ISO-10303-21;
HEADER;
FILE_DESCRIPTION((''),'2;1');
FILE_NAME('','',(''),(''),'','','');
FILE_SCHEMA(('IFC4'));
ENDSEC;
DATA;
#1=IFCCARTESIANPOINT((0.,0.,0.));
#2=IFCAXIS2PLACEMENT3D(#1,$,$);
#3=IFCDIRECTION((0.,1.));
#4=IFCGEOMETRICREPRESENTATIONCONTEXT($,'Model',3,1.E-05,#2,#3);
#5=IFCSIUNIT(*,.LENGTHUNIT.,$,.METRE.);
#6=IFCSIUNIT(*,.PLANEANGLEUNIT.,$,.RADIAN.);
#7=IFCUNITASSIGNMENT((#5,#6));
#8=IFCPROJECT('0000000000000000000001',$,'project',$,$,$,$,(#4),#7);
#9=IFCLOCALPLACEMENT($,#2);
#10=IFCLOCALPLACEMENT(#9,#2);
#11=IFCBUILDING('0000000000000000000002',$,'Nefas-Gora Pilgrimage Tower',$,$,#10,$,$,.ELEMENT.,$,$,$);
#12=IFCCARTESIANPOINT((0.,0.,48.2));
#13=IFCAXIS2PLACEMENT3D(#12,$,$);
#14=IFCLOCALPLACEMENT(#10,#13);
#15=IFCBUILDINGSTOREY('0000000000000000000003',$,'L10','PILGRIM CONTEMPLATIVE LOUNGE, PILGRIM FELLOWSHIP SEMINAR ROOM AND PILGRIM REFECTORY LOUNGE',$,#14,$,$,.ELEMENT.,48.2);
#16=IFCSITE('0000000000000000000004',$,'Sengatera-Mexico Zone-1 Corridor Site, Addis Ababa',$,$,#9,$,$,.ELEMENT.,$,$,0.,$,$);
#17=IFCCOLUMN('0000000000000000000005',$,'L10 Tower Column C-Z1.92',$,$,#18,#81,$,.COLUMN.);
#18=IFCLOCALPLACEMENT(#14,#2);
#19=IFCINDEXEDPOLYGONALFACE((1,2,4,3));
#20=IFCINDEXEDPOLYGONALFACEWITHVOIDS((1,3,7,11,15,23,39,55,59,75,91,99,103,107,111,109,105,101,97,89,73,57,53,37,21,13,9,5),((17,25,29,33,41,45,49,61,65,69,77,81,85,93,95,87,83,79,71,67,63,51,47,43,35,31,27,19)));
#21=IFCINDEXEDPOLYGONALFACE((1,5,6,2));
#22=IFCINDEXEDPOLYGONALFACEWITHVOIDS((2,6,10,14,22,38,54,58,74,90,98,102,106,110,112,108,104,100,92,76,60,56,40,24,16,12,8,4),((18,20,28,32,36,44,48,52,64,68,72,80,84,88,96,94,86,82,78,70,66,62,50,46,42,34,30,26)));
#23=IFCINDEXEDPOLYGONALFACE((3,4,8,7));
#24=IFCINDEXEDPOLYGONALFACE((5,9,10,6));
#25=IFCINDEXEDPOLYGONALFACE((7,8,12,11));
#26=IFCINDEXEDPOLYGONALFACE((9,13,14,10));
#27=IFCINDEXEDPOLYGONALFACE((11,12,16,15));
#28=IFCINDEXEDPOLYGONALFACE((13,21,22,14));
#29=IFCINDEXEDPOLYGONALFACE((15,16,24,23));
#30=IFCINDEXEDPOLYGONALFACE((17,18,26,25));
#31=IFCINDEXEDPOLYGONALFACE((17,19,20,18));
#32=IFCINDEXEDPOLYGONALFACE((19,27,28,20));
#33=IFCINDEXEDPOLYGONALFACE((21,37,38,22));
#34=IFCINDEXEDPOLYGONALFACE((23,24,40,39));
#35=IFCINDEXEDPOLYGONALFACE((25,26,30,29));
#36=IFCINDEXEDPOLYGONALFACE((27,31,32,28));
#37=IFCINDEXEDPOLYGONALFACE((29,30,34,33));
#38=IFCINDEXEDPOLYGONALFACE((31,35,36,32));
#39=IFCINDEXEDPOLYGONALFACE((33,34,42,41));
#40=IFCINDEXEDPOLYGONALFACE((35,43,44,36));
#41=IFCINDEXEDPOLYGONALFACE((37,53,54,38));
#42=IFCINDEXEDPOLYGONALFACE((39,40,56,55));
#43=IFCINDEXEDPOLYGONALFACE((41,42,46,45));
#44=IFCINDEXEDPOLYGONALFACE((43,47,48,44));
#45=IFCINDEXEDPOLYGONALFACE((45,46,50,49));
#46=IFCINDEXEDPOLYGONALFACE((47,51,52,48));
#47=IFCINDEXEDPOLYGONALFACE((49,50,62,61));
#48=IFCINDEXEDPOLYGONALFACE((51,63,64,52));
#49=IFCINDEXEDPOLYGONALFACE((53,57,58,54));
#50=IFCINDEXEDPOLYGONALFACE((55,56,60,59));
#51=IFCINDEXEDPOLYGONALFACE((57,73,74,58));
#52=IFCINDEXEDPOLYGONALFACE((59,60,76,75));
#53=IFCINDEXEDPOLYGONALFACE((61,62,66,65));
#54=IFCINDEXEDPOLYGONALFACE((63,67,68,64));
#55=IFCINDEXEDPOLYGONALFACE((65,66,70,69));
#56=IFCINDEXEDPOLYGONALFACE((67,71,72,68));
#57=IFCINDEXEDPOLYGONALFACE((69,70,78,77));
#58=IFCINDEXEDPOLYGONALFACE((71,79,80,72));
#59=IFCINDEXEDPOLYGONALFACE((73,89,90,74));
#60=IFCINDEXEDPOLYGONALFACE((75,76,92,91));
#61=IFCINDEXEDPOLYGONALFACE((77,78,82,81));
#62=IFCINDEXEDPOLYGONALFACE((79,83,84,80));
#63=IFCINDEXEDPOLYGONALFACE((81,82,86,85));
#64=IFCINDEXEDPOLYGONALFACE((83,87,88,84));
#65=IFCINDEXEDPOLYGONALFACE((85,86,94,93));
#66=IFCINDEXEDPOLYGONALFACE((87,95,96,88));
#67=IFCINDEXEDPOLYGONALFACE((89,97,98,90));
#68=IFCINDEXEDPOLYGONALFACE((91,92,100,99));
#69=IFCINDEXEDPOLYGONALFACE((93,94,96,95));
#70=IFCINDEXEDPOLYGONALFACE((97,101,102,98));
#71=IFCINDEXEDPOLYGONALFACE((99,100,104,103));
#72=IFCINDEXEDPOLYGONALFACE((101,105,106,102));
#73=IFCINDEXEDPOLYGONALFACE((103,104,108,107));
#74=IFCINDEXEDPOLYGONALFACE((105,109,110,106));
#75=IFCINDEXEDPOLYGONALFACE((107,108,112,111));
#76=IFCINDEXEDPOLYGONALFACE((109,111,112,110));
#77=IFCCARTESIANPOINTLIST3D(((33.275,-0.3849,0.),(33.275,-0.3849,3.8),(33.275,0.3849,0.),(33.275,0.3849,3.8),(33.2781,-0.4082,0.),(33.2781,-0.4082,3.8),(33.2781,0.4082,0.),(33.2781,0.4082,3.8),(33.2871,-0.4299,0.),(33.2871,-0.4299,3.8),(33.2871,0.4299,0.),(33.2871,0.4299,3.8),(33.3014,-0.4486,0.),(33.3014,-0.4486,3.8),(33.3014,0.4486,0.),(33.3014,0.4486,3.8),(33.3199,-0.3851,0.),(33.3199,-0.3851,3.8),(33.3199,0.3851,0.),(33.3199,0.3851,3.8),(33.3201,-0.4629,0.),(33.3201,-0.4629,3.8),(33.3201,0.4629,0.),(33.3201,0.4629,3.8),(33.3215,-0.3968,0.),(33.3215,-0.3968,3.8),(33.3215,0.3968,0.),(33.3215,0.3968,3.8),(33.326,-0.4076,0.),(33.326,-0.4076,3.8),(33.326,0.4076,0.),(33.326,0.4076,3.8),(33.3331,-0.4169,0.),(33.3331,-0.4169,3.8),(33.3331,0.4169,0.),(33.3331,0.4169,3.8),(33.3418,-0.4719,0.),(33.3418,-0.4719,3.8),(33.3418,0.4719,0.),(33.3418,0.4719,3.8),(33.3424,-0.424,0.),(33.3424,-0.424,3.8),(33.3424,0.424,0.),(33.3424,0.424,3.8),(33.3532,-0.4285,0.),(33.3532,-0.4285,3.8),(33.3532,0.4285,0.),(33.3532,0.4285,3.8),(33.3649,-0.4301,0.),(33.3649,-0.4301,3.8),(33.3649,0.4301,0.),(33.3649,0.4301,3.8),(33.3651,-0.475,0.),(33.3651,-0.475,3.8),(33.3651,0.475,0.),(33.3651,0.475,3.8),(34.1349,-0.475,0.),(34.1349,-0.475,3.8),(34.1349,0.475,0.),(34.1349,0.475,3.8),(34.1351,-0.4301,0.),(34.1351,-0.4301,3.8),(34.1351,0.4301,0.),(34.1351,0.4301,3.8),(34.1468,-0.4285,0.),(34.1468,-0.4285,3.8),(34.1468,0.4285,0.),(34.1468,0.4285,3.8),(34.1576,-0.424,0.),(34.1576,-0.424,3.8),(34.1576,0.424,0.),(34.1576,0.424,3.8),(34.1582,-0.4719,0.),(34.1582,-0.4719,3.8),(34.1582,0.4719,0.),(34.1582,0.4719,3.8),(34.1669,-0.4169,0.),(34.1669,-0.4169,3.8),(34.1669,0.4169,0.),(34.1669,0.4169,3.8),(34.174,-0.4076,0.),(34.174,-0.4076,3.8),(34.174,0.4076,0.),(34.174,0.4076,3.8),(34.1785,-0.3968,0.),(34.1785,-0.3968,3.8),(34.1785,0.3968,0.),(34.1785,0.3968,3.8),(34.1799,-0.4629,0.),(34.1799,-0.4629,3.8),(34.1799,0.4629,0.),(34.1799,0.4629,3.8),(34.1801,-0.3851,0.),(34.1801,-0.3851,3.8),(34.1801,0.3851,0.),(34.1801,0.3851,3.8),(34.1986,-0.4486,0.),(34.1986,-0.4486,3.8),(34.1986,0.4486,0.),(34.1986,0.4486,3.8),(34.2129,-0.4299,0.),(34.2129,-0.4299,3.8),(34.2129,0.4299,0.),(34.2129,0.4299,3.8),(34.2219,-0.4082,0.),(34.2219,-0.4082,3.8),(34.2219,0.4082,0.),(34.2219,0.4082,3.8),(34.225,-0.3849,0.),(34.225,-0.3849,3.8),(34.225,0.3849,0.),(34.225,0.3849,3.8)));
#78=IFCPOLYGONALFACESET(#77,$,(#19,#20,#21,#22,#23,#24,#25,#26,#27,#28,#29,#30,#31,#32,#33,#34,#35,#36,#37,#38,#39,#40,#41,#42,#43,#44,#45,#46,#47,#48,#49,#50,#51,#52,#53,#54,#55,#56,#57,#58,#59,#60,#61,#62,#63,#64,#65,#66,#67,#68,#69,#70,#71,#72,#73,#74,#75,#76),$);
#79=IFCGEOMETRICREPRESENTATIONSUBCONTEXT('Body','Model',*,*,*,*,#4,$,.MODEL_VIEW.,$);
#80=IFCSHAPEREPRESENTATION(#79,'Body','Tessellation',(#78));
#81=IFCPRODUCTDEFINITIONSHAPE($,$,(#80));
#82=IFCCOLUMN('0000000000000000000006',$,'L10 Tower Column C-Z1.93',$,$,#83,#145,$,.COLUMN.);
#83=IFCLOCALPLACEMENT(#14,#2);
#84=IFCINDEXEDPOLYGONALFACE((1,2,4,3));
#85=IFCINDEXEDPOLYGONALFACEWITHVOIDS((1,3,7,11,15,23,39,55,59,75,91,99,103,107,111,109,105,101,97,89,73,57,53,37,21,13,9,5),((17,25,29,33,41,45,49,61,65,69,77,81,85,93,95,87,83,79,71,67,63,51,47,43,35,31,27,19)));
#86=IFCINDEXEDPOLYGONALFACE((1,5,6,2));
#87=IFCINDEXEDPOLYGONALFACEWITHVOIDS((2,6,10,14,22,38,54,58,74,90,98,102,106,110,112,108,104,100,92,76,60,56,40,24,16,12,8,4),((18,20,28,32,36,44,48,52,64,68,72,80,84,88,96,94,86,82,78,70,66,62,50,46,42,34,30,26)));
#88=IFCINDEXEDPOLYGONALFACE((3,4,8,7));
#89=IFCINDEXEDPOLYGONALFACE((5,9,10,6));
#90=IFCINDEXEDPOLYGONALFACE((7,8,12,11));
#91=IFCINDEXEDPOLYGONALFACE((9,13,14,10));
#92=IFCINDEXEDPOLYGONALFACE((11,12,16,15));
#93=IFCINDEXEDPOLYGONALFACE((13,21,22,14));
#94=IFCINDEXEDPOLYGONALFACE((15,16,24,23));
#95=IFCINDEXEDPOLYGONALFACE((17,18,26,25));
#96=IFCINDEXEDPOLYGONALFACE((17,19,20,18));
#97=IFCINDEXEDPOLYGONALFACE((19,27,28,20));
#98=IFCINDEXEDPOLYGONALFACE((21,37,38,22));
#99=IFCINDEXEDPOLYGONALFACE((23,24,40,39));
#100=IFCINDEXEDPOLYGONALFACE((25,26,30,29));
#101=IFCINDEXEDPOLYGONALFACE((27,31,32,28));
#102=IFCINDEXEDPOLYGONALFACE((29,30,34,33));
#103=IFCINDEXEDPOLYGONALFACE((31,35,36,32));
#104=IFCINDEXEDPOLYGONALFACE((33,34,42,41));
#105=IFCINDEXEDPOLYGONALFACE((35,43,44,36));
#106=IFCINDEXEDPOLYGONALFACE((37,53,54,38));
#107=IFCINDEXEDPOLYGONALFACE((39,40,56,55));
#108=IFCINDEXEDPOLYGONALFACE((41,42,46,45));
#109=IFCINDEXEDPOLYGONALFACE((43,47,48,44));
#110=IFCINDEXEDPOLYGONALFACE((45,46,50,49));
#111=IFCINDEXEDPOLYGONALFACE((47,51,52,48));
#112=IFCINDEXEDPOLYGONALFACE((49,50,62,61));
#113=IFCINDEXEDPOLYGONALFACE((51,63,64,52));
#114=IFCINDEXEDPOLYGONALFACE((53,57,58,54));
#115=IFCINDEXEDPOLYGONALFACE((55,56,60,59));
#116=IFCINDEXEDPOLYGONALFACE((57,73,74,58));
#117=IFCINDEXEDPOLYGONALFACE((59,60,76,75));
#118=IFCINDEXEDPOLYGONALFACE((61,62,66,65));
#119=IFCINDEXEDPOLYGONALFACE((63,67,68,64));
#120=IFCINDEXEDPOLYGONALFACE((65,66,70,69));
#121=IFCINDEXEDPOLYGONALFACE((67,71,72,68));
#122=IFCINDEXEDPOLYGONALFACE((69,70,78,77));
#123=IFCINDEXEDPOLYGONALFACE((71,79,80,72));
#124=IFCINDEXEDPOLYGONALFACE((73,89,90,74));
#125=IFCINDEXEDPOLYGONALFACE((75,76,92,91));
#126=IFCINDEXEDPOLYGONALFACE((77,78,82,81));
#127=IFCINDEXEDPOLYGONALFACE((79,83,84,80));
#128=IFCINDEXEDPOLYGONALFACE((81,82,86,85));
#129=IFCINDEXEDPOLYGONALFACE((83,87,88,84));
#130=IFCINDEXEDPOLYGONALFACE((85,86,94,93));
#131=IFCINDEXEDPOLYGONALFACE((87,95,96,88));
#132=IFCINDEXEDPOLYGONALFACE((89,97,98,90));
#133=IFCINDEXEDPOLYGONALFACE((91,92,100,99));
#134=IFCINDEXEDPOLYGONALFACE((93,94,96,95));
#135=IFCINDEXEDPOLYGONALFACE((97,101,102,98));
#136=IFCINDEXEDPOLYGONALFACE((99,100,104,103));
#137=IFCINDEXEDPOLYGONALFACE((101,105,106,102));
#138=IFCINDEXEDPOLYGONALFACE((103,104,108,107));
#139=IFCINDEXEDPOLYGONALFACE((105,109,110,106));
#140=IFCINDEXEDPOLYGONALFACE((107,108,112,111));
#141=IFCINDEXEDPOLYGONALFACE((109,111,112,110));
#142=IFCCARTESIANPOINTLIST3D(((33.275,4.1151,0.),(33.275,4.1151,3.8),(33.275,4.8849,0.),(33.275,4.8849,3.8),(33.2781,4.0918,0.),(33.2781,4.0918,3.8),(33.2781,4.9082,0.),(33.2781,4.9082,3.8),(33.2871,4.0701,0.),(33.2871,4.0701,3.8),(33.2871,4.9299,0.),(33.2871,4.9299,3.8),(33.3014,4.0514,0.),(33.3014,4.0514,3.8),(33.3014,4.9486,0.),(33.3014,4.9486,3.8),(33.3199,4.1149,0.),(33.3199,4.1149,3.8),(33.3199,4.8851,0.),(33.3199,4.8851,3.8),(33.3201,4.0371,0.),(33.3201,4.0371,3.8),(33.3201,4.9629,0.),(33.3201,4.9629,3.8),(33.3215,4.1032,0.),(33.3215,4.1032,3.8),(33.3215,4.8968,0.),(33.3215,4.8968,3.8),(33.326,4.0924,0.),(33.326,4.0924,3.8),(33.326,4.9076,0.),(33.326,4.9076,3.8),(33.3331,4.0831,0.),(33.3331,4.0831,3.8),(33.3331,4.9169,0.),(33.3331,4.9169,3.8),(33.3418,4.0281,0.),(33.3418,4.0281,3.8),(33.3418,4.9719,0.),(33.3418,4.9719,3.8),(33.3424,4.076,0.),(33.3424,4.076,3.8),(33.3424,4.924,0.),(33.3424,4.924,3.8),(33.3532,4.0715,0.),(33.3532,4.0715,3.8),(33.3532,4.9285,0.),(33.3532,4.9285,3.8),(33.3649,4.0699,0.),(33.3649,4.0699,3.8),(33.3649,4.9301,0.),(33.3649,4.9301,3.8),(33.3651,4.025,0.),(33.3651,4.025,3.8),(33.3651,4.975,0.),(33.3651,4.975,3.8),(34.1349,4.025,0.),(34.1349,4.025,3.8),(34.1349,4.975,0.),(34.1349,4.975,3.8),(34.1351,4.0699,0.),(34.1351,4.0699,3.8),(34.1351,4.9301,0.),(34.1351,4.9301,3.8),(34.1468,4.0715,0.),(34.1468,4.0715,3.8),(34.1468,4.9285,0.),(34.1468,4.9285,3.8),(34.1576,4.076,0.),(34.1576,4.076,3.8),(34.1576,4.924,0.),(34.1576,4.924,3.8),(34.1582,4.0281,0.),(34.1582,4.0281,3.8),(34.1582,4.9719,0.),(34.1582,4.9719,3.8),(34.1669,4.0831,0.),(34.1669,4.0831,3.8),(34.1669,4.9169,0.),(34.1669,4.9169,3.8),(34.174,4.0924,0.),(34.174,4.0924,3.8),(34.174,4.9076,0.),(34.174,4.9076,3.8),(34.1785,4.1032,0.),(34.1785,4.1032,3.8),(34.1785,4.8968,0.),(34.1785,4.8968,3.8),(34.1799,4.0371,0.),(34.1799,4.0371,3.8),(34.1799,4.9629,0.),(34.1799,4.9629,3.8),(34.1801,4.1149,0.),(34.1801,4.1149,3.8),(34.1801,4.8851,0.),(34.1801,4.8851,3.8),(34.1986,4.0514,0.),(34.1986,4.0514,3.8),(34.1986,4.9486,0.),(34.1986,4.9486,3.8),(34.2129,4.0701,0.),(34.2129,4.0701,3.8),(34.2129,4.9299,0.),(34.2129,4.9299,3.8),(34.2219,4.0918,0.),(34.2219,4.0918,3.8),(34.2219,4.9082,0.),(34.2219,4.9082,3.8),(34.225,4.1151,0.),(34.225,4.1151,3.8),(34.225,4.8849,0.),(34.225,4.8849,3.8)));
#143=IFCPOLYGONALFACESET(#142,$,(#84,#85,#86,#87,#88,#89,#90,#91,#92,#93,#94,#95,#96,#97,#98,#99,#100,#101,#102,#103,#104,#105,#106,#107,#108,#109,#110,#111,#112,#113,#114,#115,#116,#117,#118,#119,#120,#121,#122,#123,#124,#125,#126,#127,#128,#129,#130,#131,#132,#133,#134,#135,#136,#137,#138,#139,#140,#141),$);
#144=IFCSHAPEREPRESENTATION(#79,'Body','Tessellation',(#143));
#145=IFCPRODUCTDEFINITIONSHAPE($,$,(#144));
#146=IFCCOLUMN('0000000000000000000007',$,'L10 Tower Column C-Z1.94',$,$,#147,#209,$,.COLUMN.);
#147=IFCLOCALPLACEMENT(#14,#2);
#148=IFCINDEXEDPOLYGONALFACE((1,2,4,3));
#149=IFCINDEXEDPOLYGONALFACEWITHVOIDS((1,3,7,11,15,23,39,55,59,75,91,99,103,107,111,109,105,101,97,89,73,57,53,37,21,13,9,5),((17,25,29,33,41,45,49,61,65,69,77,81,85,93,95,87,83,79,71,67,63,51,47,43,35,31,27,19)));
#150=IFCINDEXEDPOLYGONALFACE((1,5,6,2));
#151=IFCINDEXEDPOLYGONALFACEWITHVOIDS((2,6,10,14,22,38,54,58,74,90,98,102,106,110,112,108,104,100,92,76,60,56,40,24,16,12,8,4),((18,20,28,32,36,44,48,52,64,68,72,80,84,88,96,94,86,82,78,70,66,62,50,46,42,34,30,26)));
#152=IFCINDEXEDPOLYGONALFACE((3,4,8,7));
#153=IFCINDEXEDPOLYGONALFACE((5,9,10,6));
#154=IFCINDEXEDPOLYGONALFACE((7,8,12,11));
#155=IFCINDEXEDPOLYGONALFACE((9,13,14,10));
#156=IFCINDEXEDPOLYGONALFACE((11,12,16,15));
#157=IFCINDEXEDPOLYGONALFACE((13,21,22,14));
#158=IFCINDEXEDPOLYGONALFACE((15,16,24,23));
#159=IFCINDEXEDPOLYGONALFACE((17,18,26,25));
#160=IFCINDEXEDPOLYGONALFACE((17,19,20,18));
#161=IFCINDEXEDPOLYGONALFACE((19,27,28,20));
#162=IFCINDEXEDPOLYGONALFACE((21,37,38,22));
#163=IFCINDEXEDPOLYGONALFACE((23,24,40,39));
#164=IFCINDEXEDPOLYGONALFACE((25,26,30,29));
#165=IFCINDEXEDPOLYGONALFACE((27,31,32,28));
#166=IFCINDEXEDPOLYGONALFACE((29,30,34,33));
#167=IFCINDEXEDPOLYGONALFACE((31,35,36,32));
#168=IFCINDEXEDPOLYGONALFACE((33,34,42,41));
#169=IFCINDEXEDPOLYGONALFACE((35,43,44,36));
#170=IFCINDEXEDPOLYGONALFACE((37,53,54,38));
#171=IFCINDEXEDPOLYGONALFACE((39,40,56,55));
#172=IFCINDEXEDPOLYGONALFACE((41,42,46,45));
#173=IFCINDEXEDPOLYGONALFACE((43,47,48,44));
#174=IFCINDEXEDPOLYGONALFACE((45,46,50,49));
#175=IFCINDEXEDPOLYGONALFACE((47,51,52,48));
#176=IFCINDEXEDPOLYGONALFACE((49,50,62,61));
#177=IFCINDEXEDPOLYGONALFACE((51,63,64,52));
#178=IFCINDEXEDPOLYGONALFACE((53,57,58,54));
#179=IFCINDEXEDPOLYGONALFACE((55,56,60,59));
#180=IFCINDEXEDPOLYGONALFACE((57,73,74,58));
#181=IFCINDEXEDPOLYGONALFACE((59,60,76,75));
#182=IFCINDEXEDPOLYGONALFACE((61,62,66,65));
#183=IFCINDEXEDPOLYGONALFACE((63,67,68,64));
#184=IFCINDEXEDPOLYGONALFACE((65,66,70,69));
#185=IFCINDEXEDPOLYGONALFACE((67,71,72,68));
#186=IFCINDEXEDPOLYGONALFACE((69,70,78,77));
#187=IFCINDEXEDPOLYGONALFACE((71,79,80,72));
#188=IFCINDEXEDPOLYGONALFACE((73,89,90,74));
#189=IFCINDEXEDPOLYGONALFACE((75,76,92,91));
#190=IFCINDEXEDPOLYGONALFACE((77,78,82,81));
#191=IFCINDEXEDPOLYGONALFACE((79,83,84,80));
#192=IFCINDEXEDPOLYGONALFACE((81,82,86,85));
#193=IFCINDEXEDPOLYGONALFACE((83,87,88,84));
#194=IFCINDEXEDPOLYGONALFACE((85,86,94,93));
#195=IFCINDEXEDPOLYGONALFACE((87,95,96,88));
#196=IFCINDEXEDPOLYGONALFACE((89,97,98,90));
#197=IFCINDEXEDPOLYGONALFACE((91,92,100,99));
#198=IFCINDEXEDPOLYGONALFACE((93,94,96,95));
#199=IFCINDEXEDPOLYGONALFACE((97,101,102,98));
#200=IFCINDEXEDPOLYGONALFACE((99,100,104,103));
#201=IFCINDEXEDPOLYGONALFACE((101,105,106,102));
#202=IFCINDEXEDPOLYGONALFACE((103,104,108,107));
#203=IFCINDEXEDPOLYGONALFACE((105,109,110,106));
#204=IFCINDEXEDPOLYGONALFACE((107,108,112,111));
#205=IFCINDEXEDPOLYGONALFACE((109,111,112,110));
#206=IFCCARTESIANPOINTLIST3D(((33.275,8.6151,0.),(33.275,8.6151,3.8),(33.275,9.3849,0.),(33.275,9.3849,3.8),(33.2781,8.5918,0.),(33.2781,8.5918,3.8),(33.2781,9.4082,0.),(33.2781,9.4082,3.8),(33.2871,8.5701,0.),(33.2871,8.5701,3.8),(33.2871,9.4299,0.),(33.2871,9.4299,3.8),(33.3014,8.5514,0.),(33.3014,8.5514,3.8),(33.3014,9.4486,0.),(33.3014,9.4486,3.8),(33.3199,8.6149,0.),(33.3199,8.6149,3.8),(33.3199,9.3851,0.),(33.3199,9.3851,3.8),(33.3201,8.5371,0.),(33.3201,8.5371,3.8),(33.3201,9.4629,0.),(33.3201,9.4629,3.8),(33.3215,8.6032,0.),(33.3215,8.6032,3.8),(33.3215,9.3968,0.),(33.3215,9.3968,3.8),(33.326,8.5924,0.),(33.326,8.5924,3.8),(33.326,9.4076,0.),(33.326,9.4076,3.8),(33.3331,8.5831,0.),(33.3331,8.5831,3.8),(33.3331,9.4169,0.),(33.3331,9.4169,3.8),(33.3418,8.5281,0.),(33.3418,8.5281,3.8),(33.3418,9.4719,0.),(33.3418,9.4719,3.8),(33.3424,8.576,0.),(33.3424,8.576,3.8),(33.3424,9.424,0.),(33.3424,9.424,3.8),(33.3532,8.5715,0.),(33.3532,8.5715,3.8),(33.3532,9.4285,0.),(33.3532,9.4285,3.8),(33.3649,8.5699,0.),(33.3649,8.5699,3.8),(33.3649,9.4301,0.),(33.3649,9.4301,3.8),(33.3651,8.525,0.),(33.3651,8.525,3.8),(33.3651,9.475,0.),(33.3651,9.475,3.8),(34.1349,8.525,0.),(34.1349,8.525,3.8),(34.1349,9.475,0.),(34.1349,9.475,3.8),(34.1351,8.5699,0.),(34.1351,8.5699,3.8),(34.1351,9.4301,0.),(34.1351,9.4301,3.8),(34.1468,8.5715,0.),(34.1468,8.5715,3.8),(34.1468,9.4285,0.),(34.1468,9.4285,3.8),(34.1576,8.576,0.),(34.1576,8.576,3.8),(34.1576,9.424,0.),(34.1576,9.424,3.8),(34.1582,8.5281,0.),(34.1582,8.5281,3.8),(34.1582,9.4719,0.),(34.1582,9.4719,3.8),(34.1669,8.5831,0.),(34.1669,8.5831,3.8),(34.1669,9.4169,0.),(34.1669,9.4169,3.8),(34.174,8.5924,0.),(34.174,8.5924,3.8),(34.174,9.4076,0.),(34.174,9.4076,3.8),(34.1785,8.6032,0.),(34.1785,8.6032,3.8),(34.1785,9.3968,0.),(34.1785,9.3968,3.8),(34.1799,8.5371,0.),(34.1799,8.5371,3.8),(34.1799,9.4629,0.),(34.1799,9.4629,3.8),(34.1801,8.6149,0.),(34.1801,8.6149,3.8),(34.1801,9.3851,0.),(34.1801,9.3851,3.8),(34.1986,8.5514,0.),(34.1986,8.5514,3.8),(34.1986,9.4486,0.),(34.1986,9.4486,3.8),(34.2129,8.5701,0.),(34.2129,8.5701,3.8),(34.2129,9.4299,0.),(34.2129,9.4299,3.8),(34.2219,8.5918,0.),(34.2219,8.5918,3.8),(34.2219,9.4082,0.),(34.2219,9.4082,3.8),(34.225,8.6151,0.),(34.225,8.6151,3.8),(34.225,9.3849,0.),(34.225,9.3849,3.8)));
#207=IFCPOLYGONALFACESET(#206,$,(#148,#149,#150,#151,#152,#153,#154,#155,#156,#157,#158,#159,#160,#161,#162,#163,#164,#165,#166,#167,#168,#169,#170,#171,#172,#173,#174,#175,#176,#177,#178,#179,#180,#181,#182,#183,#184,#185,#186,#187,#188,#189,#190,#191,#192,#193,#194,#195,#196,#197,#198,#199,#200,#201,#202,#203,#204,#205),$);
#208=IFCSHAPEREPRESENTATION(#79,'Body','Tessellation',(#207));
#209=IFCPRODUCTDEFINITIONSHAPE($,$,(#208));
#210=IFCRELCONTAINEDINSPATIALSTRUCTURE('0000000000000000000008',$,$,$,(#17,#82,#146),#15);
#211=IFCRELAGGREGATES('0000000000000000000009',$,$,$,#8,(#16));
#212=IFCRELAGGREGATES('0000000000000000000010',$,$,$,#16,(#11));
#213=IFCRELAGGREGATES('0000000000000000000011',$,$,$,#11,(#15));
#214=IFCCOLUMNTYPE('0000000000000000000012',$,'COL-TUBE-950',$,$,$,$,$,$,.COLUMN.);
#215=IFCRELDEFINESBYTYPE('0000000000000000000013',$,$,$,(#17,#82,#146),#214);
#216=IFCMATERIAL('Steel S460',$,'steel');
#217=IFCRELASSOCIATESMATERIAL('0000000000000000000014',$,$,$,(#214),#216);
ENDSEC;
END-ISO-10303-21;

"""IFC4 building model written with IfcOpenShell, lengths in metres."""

from ifc_helpers import new_model, si_unit, direction, frame, origin, origin_2d, place, context, subcontext, project, spatial, hollow_rectangle, extrude, source, transform, mapped, material, material_profile, profile_set, type_object, element, save


model = new_model("IFC4")

# Units and contexts
model_context = context("Model", 3, precision=1e-05, world=origin(), true_north=direction((0.0, 1.0)))
body_context = subcontext(model_context, "Body", "Model", "MODEL_VIEW")
ifc_project = project(units=[si_unit("LENGTHUNIT", "METRE"), si_unit("PLANEANGLEUNIT", "RADIAN")], contexts=[model_context])

# Site, building, storey
site_placement = place(None, origin())
site = spatial("IfcSite", under=ifc_project, at=site_placement, Name="Sengatera-Mexico Zone-1 Corridor Site, Addis Ababa", CompositionType="ELEMENT", RefElevation=0.0)
building_placement = place(site_placement, origin())
building = spatial("IfcBuilding", under=site, at=building_placement, Name="Nefas-Gora Pilgrimage Tower", CompositionType="ELEMENT")
storey_placement = place(building_placement, frame((0.0, 0.0, 48.2)))
storey = spatial("IfcBuildingStorey", under=building, at=storey_placement, Name="L10", Description="PILGRIM CONTEMPLATIVE LOUNGE, PILGRIM FELLOWSHIP SEMINAR ROOM AND PILGRIM REFECTORY LOUNGE", CompositionType="ELEMENT", Elevation=48.2)

# Columns
ifc_material_1 = material(Name="Steel S460", Category="steel")
ifc_material_profile_1 = material_profile(ifc_material_1, hollow_rectangle(XDim=0.95, YDim=0.95, WallThickness=0.0449, InnerFilletRadius=0.0449, OuterFilletRadius=0.0901, at=origin_2d()), Name="BOX 950x950x45")
ifc_profile_set_1 = profile_set([ifc_material_profile_1], Name="Steel S460")
column_type_1 = type_object("IfcColumnType", Name="COL-TUBE-950", PredefinedType="COLUMN", material=ifc_profile_set_1)
shared_shape_1 = source(origin(), body_context, "Body", "SweptSolid", [
    extrude(hollow_rectangle(XDim=0.95, YDim=0.95, WallThickness=0.0449, InnerFilletRadius=0.0449, OuterFilletRadius=0.0901, at=origin_2d()), origin(), (0.0, 0.0, 1.0), 3.8),
])
for number, where, z_axis, x_axis, name in (
    (1, (33.75, 0.0, 0.0), (0.0, 0.0, 1.0), (1.0, 0.0, 0.0), "L10 Tower Column C-Z1.92"),
    (2, (33.75, 4.5, 0.0), (0.0, 0.0, 1.0), (1.0, 0.0, 0.0), "L10 Tower Column C-Z1.93"),
    (3, (33.75, 9.0, 0.0), (0.0, 0.0, 1.0), (1.0, 0.0, 0.0), "L10 Tower Column C-Z1.94"),
):
    element("IfcColumn", number, at=place(storey_placement, frame(where, z_axis=z_axis, x_axis=x_axis)), inside=storey, type_object=column_type_1, Name=name, PredefinedType="COLUMN", context=body_context, shape_type="MappedRepresentation", body=[
        mapped(shared_shape_1, transform((0.0, 0.0, 0.0), x_axis=(1.0, 0.0, 0.0), y_axis=(0.0, 1.0, 0.0), z_axis=(0.0, 0.0, 1.0), scale=1.0)),
    ])

save(model, "model.ifc")
